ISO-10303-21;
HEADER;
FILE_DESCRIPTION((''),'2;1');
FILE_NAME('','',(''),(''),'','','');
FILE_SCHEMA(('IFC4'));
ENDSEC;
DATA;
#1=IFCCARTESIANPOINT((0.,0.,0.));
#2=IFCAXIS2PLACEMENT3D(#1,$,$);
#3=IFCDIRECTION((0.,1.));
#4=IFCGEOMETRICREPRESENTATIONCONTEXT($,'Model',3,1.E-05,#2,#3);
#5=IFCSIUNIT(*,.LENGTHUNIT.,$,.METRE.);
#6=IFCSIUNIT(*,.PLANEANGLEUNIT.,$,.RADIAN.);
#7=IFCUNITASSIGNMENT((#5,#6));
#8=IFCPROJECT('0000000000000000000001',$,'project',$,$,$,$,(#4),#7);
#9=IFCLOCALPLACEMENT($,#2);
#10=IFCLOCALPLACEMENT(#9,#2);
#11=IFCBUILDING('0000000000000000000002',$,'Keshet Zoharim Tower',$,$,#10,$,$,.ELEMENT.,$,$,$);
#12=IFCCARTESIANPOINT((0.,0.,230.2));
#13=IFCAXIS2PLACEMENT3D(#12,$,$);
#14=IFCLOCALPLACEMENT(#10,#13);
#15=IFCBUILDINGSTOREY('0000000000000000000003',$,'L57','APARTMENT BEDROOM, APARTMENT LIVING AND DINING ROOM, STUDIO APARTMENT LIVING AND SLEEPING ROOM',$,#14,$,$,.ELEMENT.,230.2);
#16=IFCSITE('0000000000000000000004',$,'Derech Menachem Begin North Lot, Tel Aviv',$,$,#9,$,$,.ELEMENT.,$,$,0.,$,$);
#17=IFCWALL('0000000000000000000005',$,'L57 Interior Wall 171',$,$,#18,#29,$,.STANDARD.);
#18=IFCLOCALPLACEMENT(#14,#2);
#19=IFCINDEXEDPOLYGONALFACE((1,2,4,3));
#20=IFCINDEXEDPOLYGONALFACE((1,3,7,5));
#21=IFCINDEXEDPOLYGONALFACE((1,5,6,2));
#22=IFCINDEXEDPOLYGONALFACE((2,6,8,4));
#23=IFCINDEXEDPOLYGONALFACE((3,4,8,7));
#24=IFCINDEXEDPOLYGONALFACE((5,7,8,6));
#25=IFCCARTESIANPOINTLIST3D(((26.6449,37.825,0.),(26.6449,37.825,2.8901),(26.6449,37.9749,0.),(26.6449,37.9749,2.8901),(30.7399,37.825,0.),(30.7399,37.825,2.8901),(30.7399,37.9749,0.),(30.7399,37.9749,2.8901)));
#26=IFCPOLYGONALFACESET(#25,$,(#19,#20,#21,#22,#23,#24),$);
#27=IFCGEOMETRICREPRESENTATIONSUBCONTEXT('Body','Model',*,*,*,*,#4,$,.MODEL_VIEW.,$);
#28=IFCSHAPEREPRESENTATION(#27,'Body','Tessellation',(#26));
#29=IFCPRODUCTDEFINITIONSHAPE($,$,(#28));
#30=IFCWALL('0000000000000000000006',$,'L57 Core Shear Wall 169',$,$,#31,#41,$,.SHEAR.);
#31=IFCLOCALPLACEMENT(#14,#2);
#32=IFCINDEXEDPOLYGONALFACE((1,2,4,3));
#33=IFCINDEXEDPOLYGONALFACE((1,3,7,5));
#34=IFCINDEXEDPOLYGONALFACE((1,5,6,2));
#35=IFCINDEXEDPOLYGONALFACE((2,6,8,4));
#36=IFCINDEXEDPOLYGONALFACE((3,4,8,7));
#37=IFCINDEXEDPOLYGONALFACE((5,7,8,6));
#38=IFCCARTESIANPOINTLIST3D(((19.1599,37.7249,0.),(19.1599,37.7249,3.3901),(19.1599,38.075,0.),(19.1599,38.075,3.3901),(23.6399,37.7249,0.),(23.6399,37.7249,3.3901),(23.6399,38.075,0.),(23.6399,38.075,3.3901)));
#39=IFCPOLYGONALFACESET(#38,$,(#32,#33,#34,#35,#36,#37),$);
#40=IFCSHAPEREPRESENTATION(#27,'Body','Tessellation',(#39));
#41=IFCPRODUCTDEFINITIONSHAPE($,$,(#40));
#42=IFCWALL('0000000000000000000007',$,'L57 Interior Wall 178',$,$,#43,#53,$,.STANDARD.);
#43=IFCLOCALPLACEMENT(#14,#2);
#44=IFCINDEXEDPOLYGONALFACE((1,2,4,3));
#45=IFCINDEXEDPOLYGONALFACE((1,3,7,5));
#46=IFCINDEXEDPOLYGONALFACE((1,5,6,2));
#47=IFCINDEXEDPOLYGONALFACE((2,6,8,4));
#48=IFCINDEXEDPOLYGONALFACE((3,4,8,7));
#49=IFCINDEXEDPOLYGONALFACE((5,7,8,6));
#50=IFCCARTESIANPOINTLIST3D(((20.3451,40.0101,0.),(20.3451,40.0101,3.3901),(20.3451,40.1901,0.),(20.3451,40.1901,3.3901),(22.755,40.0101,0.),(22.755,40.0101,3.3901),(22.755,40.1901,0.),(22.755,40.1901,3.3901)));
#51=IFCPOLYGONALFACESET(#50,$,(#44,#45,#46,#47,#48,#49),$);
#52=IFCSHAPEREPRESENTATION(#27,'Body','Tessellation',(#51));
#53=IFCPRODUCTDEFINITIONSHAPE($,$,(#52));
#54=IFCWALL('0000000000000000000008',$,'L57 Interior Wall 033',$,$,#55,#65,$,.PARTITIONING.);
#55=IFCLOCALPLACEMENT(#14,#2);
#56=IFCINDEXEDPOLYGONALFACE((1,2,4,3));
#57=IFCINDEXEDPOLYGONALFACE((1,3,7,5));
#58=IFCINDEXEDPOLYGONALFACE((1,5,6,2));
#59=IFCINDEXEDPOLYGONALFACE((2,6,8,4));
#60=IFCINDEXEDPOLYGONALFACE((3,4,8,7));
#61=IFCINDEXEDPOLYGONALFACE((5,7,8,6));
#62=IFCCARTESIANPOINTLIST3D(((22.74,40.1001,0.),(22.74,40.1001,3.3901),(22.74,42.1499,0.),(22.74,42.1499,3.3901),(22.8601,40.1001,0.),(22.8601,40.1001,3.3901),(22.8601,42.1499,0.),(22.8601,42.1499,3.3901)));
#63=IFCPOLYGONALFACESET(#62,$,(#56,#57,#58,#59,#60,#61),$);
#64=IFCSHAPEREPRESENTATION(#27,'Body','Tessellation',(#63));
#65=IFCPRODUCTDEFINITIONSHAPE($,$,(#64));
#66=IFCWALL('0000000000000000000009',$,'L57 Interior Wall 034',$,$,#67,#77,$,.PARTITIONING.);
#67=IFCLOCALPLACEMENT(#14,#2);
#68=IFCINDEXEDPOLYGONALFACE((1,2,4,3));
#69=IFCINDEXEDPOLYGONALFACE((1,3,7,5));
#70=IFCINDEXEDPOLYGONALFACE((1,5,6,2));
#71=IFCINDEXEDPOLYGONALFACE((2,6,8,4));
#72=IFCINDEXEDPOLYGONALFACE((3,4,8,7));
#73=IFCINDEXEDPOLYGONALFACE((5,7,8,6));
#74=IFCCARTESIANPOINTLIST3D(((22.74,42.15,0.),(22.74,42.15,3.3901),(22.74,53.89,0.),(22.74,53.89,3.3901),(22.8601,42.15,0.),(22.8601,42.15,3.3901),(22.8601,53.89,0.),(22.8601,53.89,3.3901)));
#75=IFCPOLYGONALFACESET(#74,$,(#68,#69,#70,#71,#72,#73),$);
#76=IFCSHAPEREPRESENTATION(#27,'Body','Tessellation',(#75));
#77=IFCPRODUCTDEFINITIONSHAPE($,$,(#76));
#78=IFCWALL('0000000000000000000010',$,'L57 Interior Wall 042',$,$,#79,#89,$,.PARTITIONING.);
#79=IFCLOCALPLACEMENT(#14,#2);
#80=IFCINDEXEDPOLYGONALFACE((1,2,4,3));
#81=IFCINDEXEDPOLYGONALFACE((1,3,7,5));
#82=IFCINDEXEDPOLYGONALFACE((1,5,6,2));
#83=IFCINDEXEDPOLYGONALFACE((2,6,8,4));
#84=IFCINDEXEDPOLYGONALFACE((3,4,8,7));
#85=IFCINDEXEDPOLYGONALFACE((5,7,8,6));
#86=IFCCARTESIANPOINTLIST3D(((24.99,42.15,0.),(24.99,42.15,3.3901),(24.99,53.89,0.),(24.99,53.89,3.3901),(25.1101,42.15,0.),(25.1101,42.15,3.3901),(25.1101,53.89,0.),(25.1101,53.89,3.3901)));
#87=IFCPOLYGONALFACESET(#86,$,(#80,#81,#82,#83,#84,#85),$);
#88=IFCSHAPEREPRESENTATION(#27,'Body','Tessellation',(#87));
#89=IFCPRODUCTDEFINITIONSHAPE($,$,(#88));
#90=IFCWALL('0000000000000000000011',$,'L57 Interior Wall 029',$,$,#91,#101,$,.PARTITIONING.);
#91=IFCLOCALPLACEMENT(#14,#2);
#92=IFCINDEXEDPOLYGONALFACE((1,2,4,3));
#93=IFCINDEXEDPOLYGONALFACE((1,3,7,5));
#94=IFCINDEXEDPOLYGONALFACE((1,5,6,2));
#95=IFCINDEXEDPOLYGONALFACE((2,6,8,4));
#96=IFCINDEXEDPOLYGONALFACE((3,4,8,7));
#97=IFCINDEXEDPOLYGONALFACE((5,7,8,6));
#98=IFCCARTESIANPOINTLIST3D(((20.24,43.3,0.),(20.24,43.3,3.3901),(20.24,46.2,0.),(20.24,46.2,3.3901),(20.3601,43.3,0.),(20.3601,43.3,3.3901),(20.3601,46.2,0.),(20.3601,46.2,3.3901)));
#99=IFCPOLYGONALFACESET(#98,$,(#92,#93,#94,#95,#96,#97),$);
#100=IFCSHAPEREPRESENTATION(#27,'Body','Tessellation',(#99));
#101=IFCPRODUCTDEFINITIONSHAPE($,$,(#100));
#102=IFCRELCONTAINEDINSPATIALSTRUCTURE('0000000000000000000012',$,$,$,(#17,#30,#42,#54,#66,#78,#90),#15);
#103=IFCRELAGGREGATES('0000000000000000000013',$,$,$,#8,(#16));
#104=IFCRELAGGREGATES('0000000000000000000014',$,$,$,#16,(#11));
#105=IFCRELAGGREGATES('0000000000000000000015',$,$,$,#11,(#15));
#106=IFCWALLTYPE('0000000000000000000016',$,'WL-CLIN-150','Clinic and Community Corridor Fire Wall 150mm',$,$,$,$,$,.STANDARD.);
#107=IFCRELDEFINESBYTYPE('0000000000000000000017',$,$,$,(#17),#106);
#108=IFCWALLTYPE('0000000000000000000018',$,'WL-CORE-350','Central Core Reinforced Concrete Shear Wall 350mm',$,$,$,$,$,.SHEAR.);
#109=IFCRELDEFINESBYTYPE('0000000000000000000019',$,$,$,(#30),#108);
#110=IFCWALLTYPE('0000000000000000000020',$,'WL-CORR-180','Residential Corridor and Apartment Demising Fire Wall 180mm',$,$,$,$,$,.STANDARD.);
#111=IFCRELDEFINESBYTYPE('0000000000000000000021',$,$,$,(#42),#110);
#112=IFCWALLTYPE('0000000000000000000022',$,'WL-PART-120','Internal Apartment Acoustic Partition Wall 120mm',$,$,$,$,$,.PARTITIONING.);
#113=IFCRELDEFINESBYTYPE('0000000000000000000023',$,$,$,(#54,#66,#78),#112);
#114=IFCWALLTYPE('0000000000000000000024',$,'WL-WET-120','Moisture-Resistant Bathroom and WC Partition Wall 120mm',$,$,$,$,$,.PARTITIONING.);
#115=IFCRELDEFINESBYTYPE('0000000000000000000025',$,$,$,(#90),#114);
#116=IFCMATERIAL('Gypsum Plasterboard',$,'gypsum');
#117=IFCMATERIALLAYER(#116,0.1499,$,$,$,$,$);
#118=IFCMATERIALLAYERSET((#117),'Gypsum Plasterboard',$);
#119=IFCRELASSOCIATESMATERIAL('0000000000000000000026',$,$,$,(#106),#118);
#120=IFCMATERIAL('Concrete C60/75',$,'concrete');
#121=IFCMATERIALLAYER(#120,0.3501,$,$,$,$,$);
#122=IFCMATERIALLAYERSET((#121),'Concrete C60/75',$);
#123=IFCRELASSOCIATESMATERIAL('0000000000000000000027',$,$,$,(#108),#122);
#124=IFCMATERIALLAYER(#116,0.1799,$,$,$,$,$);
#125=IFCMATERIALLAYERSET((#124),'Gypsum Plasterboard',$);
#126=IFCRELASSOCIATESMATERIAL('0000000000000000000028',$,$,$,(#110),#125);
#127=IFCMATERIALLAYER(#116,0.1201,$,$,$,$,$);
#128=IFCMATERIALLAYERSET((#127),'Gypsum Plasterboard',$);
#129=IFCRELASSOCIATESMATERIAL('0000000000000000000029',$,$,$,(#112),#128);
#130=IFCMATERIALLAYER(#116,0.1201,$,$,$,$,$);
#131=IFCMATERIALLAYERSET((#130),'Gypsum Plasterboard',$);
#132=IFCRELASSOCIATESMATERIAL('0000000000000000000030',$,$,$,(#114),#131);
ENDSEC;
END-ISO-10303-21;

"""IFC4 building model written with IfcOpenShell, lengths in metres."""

from ifc_helpers import new_model, si_unit, direction, frame, frame_2d, origin, place, context, subcontext, project, spatial, rectangle, extrude, material, layer, layer_set, type_object, element, save


model = new_model("IFC4")

# Units and contexts
model_context = context("Model", 3, precision=1e-05, world=origin(), true_north=direction((0.0, 1.0)))
body_context = subcontext(model_context, "Body", "Model", "MODEL_VIEW")
ifc_project = project(units=[si_unit("LENGTHUNIT", "METRE"), si_unit("PLANEANGLEUNIT", "RADIAN")], contexts=[model_context])

# Site, building, storey
site_placement = place(None, origin())
site = spatial("IfcSite", under=ifc_project, at=site_placement, Name="Derech Menachem Begin North Lot, Tel Aviv", CompositionType="ELEMENT", RefElevation=0.0)
building_placement = place(site_placement, origin())
building = spatial("IfcBuilding", under=site, at=building_placement, Name="Keshet Zoharim Tower", CompositionType="ELEMENT")
storey_placement = place(building_placement, frame((0.0, 0.0, 230.2)))
storey = spatial("IfcBuildingStorey", under=building, at=storey_placement, Name="L57", Description="APARTMENT BEDROOM, APARTMENT LIVING AND DINING ROOM, STUDIO APARTMENT LIVING AND SLEEPING ROOM", CompositionType="ELEMENT", Elevation=230.2)

# Walls
ifc_material_1 = material(Name="Gypsum Plasterboard", Category="gypsum")
ifc_layer_1 = layer(ifc_material_1, 0.1499)
ifc_layer_set_1 = layer_set([ifc_layer_1], Name="Gypsum Plasterboard")
wall_type_1 = type_object("IfcWallType", Name="WL-CLIN-150", Description="Clinic and Community Corridor Fire Wall 150mm", PredefinedType="STANDARD", material=ifc_layer_set_1)
wall_1_placement = place(storey_placement, frame((26.645, 37.8999, 0.0), z_axis=(0.0, 0.0, 1.0), x_axis=(1.0, 0.0, 0.0)))
element("IfcWall", 1, at=wall_1_placement, inside=storey, type_object=wall_type_1, Name="L57 Interior Wall 171", PredefinedType="STANDARD", context=body_context, shape_type="SweptSolid", body=[
    extrude(rectangle(XDim=4.095, YDim=0.1499, at=frame_2d((2.0474, 0.0))), origin(), (0.0, 0.0, 1.0), 2.8901),
])
ifc_material_2 = material(Name="Concrete C60/75", Category="concrete")
ifc_layer_2 = layer(ifc_material_2, 0.3501)
ifc_layer_set_2 = layer_set([ifc_layer_2], Name="Concrete C60/75")
wall_type_2 = type_object("IfcWallType", Name="WL-CORE-350", Description="Central Core Reinforced Concrete Shear Wall 350mm", PredefinedType="SHEAR", material=ifc_layer_set_2)
wall_2_placement = place(storey_placement, frame((19.1599, 37.8999, 0.0), z_axis=(0.0, 0.0, 1.0), x_axis=(1.0, 0.0, 0.0)))
element("IfcWall", 2, at=wall_2_placement, inside=storey, type_object=wall_type_2, Name="L57 Core Shear Wall 169", PredefinedType="SHEAR", context=body_context, shape_type="SweptSolid", body=[
    extrude(rectangle(XDim=4.48, YDim=0.3501, at=frame_2d((2.24, 0.0))), origin(), (0.0, 0.0, 1.0), 3.3901),
])
ifc_layer_3 = layer(ifc_material_1, 0.1799)
ifc_layer_set_3 = layer_set([ifc_layer_3], Name="Gypsum Plasterboard")
wall_type_3 = type_object("IfcWallType", Name="WL-CORR-180", Description="Residential Corridor and Apartment Demising Fire Wall 180mm", PredefinedType="STANDARD", material=ifc_layer_set_3)
wall_3_placement = place(storey_placement, frame((20.345, 40.1001, 0.0), z_axis=(0.0, 0.0, 1.0), x_axis=(1.0, 0.0, 0.0)))
element("IfcWall", 3, at=wall_3_placement, inside=storey, type_object=wall_type_3, Name="L57 Interior Wall 178", PredefinedType="STANDARD", context=body_context, shape_type="SweptSolid", body=[
    extrude(rectangle(XDim=2.4099, YDim=0.1799, at=frame_2d((1.2051, 0.0))), origin(), (0.0, 0.0, 1.0), 3.3901),
])

# Shared definitions
ifc_layer_4 = layer(ifc_material_1, 0.1201)
ifc_layer_set_4 = layer_set([ifc_layer_4], Name="Gypsum Plasterboard")
wall_type_4 = type_object("IfcWallType", Name="WL-PART-120", Description="Internal Apartment Acoustic Partition Wall 120mm", PredefinedType="PARTITIONING", material=ifc_layer_set_4)

# Walls
wall_4_placement = place(storey_placement, frame((22.8, 40.1001, 0.0), z_axis=(0.0, 0.0, 1.0), x_axis=(0.0, 1.0, 0.0)))
element("IfcWall", 4, at=wall_4_placement, inside=storey, type_object=wall_type_4, Name="L57 Interior Wall 033", PredefinedType="PARTITIONING", context=body_context, shape_type="SweptSolid", body=[
    extrude(rectangle(XDim=2.0498, YDim=0.1201, at=frame_2d((1.0249, 0.0))), origin(), (0.0, 0.0, 1.0), 3.3901),
])
for number, where, z_axis, x_axis, name in (
    (5, (22.8, 42.1499, 0.0), (0.0, 0.0, 1.0), (0.0, 1.0, 0.0), "L57 Interior Wall 034"),
    (6, (25.05, 42.1499, 0.0), (0.0, 0.0, 1.0), (0.0, 1.0, 0.0), "L57 Interior Wall 042"),
):
    element("IfcWall", number, at=place(storey_placement, frame(where, z_axis=z_axis, x_axis=x_axis)), inside=storey, type_object=wall_type_4, Name=name, PredefinedType="PARTITIONING", context=body_context, shape_type="SweptSolid", body=[
        extrude(rectangle(XDim=11.74, YDim=0.1201, at=frame_2d((5.8701, 0.0))), origin(), (0.0, 0.0, 1.0), 3.3901),
    ])

# Wall
ifc_layer_5 = layer(ifc_material_1, 0.1201)
ifc_layer_set_5 = layer_set([ifc_layer_5], Name="Gypsum Plasterboard")
wall_type_5 = type_object("IfcWallType", Name="WL-WET-120", Description="Moisture-Resistant Bathroom and WC Partition Wall 120mm", PredefinedType="PARTITIONING", material=ifc_layer_set_5)
wall_5_placement = place(storey_placement, frame((20.3, 43.3, 0.0), z_axis=(0.0, 0.0, 1.0), x_axis=(0.0, 1.0, 0.0)))
element("IfcWall", 7, at=wall_5_placement, inside=storey, type_object=wall_type_5, Name="L57 Interior Wall 029", PredefinedType="PARTITIONING", context=body_context, shape_type="SweptSolid", body=[
    extrude(rectangle(XDim=2.8999, YDim=0.1201, at=frame_2d((1.45, 0.0))), origin(), (0.0, 0.0, 1.0), 3.3901),
])

save(model, "model.ifc")
